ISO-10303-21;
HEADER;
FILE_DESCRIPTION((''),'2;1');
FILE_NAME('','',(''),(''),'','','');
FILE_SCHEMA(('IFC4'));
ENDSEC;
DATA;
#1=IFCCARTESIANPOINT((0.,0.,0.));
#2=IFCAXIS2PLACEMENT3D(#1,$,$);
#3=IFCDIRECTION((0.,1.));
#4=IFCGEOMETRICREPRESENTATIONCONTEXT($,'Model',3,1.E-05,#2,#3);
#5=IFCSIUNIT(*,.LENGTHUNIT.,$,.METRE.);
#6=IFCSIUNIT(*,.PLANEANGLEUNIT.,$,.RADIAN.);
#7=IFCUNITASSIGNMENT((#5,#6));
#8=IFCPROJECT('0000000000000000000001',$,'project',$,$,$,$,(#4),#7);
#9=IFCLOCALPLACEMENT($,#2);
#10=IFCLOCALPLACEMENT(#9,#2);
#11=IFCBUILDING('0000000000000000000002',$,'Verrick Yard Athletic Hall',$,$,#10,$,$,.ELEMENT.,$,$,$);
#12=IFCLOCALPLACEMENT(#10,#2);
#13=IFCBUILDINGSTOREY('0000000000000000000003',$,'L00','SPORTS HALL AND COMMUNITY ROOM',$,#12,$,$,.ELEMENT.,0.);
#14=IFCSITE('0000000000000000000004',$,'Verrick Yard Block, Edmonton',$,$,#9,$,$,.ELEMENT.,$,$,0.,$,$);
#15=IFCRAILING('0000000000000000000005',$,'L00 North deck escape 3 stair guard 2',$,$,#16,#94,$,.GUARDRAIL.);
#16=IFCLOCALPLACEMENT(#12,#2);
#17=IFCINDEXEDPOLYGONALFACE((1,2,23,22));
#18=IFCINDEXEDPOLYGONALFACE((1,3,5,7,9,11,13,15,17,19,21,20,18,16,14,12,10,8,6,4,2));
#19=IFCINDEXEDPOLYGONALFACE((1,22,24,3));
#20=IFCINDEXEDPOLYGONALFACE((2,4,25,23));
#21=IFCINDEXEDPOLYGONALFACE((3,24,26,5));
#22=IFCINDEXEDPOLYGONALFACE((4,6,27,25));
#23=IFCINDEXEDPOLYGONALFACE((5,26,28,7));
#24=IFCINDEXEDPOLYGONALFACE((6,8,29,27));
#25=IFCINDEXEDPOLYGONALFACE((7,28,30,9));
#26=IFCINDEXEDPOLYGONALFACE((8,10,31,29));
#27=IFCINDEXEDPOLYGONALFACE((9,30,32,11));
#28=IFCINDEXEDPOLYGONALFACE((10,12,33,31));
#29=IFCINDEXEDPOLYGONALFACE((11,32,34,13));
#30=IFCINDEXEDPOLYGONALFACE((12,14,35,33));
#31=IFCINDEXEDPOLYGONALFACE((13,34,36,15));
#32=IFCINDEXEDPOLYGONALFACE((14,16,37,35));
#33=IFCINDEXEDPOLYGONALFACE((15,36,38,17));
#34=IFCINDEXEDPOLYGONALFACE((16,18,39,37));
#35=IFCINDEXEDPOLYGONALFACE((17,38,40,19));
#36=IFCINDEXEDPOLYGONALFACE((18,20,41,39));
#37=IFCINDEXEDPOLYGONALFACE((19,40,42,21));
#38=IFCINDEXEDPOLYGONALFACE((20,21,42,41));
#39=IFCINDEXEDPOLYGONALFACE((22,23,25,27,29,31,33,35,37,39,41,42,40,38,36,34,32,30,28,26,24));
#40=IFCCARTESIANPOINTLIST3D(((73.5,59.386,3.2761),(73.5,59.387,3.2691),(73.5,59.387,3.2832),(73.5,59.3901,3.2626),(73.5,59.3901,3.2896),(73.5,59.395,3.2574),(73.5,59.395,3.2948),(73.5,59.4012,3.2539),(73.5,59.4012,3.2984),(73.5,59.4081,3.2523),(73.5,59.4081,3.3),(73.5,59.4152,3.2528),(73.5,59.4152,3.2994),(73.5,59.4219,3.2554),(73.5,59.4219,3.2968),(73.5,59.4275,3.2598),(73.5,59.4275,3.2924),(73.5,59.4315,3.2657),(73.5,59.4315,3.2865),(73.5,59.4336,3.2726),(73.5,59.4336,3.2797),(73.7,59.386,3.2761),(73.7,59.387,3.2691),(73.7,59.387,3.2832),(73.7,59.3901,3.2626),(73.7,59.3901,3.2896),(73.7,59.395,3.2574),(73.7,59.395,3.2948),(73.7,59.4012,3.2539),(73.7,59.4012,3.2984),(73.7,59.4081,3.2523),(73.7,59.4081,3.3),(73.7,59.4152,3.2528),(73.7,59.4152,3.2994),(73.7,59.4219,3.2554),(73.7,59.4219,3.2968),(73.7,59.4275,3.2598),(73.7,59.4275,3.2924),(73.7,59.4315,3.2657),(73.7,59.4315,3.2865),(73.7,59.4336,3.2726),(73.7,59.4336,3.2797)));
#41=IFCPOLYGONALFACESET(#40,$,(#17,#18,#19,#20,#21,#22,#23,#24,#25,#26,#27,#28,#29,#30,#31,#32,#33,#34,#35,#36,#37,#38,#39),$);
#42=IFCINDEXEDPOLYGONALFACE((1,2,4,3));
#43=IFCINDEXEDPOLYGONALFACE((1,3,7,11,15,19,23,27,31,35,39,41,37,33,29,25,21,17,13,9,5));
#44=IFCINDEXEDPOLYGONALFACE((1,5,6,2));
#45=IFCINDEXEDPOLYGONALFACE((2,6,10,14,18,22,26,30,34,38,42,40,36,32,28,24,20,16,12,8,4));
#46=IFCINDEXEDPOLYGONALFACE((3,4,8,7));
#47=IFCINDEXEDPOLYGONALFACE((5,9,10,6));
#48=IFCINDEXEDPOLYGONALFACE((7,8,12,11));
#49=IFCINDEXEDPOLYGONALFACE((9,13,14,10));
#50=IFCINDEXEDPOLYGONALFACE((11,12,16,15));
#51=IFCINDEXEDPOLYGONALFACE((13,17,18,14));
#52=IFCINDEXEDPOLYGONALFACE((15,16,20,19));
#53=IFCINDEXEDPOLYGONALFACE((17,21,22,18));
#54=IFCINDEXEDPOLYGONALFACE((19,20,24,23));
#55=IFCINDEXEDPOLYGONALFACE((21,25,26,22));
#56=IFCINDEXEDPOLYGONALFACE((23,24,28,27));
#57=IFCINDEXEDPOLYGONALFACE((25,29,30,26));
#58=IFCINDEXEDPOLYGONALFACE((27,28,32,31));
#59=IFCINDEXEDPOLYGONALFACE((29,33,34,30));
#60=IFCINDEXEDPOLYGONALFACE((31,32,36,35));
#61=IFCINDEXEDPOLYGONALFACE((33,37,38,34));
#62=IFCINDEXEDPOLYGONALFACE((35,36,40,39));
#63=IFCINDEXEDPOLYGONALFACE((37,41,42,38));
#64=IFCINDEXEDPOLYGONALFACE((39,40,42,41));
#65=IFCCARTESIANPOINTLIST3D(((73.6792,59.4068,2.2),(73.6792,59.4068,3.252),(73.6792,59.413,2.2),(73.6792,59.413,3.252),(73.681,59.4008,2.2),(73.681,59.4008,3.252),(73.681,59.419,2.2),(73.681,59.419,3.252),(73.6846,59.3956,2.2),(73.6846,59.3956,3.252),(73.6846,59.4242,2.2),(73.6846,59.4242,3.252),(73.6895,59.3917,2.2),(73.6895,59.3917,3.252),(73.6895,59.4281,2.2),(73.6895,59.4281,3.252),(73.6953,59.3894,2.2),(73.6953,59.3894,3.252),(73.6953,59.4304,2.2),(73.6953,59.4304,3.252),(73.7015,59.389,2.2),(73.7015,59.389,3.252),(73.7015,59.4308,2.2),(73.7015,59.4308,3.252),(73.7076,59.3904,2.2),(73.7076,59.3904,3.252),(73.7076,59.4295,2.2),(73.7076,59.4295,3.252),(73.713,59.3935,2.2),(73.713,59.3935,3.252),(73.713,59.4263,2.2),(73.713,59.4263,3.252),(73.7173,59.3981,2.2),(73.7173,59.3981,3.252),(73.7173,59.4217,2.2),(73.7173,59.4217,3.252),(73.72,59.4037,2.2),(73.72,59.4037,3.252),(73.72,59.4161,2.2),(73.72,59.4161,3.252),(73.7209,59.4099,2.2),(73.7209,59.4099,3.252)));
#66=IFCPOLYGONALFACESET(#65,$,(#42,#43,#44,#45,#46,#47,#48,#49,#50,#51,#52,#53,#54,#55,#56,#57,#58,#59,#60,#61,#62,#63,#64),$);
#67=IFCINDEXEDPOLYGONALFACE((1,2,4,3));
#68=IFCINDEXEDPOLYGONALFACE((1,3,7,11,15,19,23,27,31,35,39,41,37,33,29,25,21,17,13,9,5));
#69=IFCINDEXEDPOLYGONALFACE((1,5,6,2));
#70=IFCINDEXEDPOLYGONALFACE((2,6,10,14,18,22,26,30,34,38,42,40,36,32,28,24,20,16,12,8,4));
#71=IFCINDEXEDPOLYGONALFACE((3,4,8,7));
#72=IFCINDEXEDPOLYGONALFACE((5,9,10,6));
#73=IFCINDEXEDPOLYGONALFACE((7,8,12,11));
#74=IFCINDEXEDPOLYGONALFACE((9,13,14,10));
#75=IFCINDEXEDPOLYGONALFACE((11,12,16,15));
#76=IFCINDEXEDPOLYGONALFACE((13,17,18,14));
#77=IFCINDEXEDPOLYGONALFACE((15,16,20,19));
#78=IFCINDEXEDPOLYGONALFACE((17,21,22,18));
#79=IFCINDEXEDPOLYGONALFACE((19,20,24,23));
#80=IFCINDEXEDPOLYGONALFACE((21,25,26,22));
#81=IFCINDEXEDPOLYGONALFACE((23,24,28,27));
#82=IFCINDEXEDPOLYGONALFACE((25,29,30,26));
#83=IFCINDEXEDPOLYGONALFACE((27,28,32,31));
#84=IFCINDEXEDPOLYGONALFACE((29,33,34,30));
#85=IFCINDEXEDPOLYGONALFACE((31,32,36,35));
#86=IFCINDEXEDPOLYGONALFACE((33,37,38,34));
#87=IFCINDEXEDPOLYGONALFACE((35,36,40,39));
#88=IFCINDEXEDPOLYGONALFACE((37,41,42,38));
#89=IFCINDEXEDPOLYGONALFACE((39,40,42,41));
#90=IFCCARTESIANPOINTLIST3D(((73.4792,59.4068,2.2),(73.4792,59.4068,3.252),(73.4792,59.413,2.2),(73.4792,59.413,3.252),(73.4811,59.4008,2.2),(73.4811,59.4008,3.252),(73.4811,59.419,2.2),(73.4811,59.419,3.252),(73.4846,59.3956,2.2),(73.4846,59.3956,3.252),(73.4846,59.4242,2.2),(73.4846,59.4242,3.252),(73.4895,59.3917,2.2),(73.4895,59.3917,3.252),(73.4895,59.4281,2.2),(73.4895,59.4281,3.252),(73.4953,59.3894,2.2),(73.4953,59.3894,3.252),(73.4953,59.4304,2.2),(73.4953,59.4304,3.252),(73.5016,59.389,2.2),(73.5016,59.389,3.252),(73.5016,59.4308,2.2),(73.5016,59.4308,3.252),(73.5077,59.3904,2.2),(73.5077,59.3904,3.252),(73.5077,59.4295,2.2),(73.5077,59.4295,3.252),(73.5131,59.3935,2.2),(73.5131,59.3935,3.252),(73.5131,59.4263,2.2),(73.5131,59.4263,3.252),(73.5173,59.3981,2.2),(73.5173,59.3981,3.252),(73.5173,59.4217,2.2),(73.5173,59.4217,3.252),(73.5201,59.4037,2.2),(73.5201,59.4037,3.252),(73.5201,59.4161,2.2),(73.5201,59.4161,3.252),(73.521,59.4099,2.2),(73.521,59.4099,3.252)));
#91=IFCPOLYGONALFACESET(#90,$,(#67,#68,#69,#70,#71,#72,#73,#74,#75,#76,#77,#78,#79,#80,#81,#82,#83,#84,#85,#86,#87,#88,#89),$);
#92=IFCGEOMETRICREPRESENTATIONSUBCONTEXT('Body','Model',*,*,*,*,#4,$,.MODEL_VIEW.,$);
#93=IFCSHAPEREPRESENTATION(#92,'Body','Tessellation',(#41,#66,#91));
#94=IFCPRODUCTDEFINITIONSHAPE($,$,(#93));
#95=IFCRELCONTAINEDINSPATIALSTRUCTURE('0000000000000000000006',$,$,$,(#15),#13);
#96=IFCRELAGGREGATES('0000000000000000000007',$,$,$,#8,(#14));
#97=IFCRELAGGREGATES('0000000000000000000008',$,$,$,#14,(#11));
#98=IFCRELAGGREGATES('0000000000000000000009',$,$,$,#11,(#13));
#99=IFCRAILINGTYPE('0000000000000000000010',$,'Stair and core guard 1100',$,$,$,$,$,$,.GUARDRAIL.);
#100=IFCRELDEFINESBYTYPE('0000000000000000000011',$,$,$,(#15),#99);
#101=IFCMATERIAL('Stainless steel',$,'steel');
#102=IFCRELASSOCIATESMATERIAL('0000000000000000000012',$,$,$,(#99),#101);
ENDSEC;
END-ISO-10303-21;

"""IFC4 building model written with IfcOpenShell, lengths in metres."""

from ifc_helpers import new_model, si_unit, direction, frame, origin, origin_2d, place, context, subcontext, project, spatial, circle, extrude, material, type_object, element, save


model = new_model("IFC4")

# Units and contexts
model_context = context("Model", 3, precision=1e-05, world=origin(), true_north=direction((0.0, 1.0)))
body_context = subcontext(model_context, "Body", "Model", "MODEL_VIEW")
ifc_project = project(units=[si_unit("LENGTHUNIT", "METRE"), si_unit("PLANEANGLEUNIT", "RADIAN")], contexts=[model_context])

# Site, building, storey
site_placement = place(None, origin())
site = spatial("IfcSite", under=ifc_project, at=site_placement, Name="Verrick Yard Block, Edmonton", CompositionType="ELEMENT", RefElevation=0.0)
building_placement = place(site_placement, origin())
building = spatial("IfcBuilding", under=site, at=building_placement, Name="Verrick Yard Athletic Hall", CompositionType="ELEMENT")
storey_placement = place(building_placement, origin())
storey = spatial("IfcBuildingStorey", under=building, at=storey_placement, Name="L00", Description="SPORTS HALL AND COMMUNITY ROOM", CompositionType="ELEMENT", Elevation=0.0)

# Railing
ifc_material_1 = material(Name="Stainless steel", Category="steel")
railing_type_1 = type_object("IfcRailingType", Name="Stair and core guard 1100", PredefinedType="GUARDRAIL", material=ifc_material_1)
railing_1_placement = place(storey_placement, frame((73.7, 59.4099, 2.2)))
element("IfcRailing", 1, at=railing_1_placement, inside=storey, type_object=railing_type_1, Name="L00 North deck escape 3 stair guard 2", PredefinedType="GUARDRAIL", context=body_context, shape_type="SweptSolid", body=[
    extrude(circle(Radius=0.0239, at=origin_2d()), frame((0.0, 0.0, 1.0762), z_axis=(-1.0, 0.0, 0.0), x_axis=(0.0, -1.0, 0.0)), (0.0, 0.0, 1.0), 0.2),
    extrude(circle(Radius=0.021, at=origin_2d()), origin(), (0.0, 0.0, 1.0), 1.052),
    extrude(circle(Radius=0.021, at=origin_2d()), frame((-0.2, 0.0, 0.0)), (0.0, 0.0, 1.0), 1.052),
])

save(model, "model.ifc")
